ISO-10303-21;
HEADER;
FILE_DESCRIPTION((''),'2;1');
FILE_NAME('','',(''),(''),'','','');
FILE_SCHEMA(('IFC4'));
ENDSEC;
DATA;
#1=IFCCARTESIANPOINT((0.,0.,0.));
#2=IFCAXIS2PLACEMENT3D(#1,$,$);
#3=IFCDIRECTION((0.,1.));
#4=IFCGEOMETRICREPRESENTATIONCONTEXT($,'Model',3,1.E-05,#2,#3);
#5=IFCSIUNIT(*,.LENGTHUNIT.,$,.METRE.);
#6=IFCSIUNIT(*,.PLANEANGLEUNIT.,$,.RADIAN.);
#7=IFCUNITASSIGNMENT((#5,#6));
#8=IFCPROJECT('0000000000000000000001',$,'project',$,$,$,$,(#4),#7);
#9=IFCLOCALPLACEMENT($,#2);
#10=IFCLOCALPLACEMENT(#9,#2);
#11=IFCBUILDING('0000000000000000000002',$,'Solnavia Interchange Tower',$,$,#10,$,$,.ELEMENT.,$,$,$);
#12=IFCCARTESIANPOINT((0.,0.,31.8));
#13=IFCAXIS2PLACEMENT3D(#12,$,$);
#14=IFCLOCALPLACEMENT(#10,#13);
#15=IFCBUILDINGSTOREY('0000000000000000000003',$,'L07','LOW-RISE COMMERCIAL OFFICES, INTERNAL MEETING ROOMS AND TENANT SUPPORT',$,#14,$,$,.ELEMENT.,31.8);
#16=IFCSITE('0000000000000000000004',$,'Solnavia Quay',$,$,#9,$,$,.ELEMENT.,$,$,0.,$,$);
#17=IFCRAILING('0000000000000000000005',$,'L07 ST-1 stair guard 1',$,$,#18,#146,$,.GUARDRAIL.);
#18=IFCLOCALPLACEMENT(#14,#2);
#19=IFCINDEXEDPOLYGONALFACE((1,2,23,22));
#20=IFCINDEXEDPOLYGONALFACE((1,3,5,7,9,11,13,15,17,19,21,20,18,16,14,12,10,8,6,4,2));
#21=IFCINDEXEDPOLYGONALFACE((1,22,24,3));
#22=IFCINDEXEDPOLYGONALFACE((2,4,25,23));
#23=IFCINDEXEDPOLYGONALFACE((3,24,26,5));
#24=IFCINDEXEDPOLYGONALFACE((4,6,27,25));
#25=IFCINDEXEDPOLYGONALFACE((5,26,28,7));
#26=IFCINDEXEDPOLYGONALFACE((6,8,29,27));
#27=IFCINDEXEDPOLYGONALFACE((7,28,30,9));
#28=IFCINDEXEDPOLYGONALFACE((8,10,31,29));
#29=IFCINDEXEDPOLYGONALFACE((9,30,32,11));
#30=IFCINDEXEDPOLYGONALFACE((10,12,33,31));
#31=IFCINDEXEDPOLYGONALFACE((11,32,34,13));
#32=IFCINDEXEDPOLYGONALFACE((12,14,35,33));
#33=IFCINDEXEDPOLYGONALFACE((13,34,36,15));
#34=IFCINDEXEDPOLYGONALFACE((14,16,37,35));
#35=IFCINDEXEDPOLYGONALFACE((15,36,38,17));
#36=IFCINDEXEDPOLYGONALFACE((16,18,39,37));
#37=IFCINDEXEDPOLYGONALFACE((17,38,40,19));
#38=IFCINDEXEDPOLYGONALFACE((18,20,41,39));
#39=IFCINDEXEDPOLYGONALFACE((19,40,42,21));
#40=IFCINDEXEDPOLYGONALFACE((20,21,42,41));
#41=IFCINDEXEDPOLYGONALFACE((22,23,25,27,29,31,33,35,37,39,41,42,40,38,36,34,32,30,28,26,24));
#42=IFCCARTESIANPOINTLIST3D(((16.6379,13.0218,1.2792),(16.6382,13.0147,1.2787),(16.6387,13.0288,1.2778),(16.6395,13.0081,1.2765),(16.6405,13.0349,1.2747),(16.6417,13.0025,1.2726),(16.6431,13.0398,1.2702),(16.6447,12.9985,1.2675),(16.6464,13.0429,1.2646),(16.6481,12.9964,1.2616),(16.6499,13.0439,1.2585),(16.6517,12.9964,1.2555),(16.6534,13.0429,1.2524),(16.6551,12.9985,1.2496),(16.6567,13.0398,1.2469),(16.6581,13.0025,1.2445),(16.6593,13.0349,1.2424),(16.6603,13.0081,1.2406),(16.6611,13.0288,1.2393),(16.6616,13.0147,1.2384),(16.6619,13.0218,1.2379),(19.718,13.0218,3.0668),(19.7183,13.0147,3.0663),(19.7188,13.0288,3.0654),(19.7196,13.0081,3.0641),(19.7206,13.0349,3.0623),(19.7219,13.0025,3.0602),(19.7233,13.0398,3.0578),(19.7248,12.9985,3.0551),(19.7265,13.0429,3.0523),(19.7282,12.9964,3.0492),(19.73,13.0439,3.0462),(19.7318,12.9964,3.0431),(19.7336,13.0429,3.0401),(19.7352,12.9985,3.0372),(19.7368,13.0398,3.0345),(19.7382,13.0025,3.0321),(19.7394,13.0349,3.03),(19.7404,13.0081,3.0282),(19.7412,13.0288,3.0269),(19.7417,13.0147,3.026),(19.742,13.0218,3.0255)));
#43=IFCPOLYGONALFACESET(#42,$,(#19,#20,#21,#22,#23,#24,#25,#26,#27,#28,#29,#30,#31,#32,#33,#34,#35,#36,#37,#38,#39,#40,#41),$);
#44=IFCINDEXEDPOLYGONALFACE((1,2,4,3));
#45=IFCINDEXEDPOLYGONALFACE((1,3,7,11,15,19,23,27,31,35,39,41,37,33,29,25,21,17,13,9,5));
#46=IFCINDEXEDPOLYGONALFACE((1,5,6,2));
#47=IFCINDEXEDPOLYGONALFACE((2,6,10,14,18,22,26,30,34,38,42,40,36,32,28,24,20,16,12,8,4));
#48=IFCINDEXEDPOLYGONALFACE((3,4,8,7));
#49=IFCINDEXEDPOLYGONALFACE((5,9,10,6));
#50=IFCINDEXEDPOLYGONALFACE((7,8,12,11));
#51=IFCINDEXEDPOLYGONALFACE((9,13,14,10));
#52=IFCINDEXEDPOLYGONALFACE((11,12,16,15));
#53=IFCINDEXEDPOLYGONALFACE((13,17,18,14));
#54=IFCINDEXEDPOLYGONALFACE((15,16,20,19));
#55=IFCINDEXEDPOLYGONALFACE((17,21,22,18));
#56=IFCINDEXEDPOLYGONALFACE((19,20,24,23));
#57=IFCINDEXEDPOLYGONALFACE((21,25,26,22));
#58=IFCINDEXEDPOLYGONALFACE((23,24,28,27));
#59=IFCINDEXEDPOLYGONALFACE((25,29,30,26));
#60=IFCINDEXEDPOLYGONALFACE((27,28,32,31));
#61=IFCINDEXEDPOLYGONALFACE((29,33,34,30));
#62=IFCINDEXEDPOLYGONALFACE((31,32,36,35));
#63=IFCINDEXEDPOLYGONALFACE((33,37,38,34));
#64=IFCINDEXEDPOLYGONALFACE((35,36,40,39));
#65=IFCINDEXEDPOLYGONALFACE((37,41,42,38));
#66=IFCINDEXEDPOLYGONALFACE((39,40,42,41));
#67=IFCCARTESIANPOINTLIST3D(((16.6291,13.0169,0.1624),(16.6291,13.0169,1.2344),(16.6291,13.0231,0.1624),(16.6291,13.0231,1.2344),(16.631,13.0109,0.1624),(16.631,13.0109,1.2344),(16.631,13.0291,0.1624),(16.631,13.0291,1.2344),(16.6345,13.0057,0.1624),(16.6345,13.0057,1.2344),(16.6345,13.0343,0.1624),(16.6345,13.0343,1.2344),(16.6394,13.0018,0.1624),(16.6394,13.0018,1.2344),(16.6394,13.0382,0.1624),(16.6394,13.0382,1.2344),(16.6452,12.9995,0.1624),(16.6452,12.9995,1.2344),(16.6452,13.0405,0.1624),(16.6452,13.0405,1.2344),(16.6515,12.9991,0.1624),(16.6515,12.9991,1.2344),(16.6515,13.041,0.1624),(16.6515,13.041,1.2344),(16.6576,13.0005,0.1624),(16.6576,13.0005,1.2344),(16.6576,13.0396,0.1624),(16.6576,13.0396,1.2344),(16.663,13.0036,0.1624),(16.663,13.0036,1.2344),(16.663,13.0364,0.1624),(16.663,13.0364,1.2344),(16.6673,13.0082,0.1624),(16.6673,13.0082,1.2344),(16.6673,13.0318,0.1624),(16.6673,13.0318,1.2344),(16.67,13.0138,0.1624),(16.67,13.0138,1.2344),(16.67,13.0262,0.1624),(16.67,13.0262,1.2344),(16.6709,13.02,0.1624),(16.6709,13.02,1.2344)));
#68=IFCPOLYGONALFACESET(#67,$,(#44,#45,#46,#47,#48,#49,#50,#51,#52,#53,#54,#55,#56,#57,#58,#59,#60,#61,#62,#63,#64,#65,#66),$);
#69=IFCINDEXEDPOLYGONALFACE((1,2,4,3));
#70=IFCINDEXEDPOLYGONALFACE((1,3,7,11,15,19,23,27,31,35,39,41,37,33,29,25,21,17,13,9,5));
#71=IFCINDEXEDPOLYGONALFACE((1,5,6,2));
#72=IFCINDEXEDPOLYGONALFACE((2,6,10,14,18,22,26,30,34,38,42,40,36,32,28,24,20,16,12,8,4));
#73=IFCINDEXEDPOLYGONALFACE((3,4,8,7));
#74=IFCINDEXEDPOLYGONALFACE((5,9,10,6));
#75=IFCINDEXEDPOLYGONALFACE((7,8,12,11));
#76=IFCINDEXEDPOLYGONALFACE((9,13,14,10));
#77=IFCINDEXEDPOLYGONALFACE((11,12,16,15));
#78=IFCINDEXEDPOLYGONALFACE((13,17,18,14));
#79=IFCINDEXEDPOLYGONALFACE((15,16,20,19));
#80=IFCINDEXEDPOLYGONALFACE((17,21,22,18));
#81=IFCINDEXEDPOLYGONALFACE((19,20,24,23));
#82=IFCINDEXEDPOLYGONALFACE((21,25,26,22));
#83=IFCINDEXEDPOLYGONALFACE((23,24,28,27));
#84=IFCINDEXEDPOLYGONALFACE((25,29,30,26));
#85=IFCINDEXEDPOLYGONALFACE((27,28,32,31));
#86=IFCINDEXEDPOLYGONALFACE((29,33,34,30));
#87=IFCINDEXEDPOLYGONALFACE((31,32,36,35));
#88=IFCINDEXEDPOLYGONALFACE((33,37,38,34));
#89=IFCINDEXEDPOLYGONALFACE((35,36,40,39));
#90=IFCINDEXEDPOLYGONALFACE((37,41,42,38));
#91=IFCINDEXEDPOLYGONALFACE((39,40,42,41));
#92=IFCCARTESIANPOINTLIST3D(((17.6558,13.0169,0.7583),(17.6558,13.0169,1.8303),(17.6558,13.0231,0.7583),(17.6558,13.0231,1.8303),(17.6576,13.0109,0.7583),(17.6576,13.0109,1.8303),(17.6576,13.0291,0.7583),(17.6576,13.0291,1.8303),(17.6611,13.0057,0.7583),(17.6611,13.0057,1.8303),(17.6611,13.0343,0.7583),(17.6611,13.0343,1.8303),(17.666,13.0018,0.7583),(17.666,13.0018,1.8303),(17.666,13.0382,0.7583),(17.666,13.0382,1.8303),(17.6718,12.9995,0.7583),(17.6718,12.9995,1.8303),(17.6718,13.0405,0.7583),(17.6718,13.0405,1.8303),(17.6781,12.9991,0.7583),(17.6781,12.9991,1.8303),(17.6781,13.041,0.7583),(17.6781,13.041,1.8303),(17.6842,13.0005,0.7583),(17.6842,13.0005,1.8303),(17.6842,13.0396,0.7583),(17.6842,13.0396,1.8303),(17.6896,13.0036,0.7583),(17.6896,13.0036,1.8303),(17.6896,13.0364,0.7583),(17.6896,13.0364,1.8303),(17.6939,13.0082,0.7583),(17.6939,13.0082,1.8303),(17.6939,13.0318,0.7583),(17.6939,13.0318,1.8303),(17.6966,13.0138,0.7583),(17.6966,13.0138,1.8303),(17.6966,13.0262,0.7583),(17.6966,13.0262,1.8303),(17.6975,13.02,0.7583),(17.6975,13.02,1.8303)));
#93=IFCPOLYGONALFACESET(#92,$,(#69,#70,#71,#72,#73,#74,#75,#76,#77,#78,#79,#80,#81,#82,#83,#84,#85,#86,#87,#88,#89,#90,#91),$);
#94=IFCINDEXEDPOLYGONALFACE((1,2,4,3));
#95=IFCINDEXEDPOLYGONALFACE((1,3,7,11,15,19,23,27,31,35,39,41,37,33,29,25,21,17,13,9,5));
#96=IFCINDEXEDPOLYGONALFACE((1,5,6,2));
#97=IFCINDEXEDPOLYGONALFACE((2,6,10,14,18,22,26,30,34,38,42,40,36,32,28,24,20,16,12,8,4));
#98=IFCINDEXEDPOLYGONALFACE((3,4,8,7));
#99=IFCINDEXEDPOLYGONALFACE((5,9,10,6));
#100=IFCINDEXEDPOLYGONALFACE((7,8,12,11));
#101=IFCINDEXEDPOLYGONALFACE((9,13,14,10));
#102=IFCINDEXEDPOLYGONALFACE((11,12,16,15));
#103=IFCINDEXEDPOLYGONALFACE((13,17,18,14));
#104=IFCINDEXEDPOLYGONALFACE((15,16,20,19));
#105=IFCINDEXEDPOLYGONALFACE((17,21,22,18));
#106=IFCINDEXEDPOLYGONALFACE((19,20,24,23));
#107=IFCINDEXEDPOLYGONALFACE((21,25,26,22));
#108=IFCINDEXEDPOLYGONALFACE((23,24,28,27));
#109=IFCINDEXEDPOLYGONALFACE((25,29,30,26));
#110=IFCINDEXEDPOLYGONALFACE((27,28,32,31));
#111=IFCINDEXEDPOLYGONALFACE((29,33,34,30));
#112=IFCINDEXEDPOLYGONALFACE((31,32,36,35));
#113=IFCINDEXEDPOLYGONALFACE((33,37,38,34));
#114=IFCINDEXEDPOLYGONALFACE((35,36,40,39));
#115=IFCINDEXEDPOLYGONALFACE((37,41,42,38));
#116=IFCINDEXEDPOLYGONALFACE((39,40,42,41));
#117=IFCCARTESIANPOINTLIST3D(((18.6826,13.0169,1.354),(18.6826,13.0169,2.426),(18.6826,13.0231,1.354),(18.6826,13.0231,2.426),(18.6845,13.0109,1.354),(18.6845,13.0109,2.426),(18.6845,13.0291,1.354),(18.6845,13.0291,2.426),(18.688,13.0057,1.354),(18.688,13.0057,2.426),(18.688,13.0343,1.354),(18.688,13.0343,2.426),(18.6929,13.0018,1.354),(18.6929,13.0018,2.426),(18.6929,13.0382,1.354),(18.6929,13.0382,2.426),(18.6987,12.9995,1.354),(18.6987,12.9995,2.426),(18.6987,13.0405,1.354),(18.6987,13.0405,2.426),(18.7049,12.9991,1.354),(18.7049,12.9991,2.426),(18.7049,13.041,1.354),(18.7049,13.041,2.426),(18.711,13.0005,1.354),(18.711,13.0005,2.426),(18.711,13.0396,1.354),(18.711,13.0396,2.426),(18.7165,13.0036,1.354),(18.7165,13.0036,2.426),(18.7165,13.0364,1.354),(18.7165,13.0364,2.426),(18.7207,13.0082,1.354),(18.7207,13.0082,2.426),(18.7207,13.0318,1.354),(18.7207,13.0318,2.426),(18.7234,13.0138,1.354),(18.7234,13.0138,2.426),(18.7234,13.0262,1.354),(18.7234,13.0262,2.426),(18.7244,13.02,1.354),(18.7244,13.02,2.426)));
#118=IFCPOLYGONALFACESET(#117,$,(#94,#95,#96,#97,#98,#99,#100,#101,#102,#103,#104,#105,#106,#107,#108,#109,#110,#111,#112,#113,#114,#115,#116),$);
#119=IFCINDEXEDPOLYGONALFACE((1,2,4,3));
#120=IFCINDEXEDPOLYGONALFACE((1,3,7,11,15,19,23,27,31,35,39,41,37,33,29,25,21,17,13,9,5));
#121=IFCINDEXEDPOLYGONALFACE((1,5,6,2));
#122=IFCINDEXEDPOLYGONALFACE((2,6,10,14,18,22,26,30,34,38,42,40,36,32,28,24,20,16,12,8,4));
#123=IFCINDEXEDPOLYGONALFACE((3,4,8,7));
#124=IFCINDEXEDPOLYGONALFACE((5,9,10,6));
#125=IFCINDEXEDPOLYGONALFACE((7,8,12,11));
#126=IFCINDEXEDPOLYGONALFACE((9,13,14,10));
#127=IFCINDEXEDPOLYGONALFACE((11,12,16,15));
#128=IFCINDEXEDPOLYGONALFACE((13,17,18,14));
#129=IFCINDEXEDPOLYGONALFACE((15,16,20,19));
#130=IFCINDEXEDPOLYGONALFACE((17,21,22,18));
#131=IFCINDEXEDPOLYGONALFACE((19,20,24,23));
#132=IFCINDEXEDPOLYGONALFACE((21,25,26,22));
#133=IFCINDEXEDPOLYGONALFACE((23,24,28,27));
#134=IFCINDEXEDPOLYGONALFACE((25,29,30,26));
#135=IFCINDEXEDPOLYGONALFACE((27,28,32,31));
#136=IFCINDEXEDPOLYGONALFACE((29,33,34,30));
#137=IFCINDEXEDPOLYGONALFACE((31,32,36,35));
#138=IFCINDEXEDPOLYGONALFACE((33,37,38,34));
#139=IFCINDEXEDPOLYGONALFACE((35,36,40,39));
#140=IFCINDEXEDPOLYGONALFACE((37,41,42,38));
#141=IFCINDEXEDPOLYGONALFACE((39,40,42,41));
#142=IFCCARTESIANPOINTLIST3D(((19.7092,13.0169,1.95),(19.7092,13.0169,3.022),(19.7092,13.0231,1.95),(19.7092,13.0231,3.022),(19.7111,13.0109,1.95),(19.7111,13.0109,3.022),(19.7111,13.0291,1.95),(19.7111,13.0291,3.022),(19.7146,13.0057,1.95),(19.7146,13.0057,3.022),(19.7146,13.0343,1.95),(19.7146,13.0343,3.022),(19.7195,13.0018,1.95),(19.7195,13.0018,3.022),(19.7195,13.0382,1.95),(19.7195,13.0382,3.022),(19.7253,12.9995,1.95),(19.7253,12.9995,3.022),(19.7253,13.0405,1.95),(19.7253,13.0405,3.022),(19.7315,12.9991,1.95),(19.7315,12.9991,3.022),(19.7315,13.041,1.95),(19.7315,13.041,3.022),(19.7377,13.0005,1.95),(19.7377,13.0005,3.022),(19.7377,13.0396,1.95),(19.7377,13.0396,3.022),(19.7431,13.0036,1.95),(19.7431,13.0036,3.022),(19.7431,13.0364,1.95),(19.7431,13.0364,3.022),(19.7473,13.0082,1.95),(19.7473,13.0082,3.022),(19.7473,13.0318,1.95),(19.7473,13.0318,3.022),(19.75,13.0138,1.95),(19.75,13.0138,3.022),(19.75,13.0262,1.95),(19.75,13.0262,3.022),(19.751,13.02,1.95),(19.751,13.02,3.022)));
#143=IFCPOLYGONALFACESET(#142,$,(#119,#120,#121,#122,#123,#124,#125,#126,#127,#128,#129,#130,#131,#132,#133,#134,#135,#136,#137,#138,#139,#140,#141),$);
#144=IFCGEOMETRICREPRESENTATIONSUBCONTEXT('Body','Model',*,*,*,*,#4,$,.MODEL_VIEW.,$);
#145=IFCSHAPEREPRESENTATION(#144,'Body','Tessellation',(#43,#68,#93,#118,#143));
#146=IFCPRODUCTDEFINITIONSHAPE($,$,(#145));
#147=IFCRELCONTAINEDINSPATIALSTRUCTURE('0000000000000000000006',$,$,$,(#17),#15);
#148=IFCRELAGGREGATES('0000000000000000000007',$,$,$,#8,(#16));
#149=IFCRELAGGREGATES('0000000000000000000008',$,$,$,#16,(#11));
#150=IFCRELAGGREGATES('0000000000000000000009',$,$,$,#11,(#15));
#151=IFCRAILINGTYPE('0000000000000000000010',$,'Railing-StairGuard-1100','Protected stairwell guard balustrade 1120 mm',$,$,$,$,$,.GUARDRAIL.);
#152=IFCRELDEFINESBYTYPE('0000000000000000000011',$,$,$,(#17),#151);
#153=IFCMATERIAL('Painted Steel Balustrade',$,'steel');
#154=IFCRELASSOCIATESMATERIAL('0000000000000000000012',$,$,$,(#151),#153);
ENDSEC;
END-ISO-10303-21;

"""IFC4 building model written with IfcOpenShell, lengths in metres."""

from ifc_helpers import new_model, si_unit, direction, frame, origin, origin_2d, place, context, subcontext, project, spatial, circle, extrude, material, type_object, element, save


model = new_model("IFC4")

# Units and contexts
model_context = context("Model", 3, precision=1e-05, world=origin(), true_north=direction((0.0, 1.0)))
body_context = subcontext(model_context, "Body", "Model", "MODEL_VIEW")
ifc_project = project(units=[si_unit("LENGTHUNIT", "METRE"), si_unit("PLANEANGLEUNIT", "RADIAN")], contexts=[model_context])

# Site, building, storey
site_placement = place(None, origin())
site = spatial("IfcSite", under=ifc_project, at=site_placement, Name="Solnavia Quay", CompositionType="ELEMENT", RefElevation=0.0)
building_placement = place(site_placement, origin())
building = spatial("IfcBuilding", under=site, at=building_placement, Name="Solnavia Interchange Tower", CompositionType="ELEMENT")
storey_placement = place(building_placement, frame((0.0, 0.0, 31.8)))
storey = spatial("IfcBuildingStorey", under=building, at=storey_placement, Name="L07", Description="LOW-RISE COMMERCIAL OFFICES, INTERNAL MEETING ROOMS AND TENANT SUPPORT", CompositionType="ELEMENT", Elevation=31.8)

# Railing
ifc_material_1 = material(Name="Painted Steel Balustrade", Category="steel")
railing_type_1 = type_object("IfcRailingType", Name="Railing-StairGuard-1100", Description="Protected stairwell guard balustrade 1120 mm", PredefinedType="GUARDRAIL", material=ifc_material_1)
railing_1_placement = place(storey_placement, frame((16.6499, 13.02, 0.1624)))
element("IfcRailing", 1, at=railing_1_placement, inside=storey, type_object=railing_type_1, Name="L07 ST-1 stair guard 1", PredefinedType="GUARDRAIL", context=body_context, shape_type="SweptSolid", body=[
    extrude(circle(Radius=0.0239, at=origin_2d()), frame((0.0, 0.0, 1.0962), z_axis=(0.864891, 0.0, 0.50196), x_axis=(0.0, 1.0, 0.0)), (0.0, 0.0, 1.0), 3.5613),
    extrude(circle(Radius=0.021, at=origin_2d()), origin(), (0.0, 0.0, 1.0), 1.072),
    extrude(circle(Radius=0.021, at=origin_2d()), frame((1.0266, 0.0, 0.5959)), (0.0, 0.0, 1.0), 1.072),
    extrude(circle(Radius=0.021, at=origin_2d()), frame((2.0535, 0.0, 1.1917)), (0.0, 0.0, 1.0), 1.072),
    extrude(circle(Radius=0.021, at=origin_2d()), frame((3.0801, 0.0, 1.7876)), (0.0, 0.0, 1.0), 1.072),
])

save(model, "model.ifc")
